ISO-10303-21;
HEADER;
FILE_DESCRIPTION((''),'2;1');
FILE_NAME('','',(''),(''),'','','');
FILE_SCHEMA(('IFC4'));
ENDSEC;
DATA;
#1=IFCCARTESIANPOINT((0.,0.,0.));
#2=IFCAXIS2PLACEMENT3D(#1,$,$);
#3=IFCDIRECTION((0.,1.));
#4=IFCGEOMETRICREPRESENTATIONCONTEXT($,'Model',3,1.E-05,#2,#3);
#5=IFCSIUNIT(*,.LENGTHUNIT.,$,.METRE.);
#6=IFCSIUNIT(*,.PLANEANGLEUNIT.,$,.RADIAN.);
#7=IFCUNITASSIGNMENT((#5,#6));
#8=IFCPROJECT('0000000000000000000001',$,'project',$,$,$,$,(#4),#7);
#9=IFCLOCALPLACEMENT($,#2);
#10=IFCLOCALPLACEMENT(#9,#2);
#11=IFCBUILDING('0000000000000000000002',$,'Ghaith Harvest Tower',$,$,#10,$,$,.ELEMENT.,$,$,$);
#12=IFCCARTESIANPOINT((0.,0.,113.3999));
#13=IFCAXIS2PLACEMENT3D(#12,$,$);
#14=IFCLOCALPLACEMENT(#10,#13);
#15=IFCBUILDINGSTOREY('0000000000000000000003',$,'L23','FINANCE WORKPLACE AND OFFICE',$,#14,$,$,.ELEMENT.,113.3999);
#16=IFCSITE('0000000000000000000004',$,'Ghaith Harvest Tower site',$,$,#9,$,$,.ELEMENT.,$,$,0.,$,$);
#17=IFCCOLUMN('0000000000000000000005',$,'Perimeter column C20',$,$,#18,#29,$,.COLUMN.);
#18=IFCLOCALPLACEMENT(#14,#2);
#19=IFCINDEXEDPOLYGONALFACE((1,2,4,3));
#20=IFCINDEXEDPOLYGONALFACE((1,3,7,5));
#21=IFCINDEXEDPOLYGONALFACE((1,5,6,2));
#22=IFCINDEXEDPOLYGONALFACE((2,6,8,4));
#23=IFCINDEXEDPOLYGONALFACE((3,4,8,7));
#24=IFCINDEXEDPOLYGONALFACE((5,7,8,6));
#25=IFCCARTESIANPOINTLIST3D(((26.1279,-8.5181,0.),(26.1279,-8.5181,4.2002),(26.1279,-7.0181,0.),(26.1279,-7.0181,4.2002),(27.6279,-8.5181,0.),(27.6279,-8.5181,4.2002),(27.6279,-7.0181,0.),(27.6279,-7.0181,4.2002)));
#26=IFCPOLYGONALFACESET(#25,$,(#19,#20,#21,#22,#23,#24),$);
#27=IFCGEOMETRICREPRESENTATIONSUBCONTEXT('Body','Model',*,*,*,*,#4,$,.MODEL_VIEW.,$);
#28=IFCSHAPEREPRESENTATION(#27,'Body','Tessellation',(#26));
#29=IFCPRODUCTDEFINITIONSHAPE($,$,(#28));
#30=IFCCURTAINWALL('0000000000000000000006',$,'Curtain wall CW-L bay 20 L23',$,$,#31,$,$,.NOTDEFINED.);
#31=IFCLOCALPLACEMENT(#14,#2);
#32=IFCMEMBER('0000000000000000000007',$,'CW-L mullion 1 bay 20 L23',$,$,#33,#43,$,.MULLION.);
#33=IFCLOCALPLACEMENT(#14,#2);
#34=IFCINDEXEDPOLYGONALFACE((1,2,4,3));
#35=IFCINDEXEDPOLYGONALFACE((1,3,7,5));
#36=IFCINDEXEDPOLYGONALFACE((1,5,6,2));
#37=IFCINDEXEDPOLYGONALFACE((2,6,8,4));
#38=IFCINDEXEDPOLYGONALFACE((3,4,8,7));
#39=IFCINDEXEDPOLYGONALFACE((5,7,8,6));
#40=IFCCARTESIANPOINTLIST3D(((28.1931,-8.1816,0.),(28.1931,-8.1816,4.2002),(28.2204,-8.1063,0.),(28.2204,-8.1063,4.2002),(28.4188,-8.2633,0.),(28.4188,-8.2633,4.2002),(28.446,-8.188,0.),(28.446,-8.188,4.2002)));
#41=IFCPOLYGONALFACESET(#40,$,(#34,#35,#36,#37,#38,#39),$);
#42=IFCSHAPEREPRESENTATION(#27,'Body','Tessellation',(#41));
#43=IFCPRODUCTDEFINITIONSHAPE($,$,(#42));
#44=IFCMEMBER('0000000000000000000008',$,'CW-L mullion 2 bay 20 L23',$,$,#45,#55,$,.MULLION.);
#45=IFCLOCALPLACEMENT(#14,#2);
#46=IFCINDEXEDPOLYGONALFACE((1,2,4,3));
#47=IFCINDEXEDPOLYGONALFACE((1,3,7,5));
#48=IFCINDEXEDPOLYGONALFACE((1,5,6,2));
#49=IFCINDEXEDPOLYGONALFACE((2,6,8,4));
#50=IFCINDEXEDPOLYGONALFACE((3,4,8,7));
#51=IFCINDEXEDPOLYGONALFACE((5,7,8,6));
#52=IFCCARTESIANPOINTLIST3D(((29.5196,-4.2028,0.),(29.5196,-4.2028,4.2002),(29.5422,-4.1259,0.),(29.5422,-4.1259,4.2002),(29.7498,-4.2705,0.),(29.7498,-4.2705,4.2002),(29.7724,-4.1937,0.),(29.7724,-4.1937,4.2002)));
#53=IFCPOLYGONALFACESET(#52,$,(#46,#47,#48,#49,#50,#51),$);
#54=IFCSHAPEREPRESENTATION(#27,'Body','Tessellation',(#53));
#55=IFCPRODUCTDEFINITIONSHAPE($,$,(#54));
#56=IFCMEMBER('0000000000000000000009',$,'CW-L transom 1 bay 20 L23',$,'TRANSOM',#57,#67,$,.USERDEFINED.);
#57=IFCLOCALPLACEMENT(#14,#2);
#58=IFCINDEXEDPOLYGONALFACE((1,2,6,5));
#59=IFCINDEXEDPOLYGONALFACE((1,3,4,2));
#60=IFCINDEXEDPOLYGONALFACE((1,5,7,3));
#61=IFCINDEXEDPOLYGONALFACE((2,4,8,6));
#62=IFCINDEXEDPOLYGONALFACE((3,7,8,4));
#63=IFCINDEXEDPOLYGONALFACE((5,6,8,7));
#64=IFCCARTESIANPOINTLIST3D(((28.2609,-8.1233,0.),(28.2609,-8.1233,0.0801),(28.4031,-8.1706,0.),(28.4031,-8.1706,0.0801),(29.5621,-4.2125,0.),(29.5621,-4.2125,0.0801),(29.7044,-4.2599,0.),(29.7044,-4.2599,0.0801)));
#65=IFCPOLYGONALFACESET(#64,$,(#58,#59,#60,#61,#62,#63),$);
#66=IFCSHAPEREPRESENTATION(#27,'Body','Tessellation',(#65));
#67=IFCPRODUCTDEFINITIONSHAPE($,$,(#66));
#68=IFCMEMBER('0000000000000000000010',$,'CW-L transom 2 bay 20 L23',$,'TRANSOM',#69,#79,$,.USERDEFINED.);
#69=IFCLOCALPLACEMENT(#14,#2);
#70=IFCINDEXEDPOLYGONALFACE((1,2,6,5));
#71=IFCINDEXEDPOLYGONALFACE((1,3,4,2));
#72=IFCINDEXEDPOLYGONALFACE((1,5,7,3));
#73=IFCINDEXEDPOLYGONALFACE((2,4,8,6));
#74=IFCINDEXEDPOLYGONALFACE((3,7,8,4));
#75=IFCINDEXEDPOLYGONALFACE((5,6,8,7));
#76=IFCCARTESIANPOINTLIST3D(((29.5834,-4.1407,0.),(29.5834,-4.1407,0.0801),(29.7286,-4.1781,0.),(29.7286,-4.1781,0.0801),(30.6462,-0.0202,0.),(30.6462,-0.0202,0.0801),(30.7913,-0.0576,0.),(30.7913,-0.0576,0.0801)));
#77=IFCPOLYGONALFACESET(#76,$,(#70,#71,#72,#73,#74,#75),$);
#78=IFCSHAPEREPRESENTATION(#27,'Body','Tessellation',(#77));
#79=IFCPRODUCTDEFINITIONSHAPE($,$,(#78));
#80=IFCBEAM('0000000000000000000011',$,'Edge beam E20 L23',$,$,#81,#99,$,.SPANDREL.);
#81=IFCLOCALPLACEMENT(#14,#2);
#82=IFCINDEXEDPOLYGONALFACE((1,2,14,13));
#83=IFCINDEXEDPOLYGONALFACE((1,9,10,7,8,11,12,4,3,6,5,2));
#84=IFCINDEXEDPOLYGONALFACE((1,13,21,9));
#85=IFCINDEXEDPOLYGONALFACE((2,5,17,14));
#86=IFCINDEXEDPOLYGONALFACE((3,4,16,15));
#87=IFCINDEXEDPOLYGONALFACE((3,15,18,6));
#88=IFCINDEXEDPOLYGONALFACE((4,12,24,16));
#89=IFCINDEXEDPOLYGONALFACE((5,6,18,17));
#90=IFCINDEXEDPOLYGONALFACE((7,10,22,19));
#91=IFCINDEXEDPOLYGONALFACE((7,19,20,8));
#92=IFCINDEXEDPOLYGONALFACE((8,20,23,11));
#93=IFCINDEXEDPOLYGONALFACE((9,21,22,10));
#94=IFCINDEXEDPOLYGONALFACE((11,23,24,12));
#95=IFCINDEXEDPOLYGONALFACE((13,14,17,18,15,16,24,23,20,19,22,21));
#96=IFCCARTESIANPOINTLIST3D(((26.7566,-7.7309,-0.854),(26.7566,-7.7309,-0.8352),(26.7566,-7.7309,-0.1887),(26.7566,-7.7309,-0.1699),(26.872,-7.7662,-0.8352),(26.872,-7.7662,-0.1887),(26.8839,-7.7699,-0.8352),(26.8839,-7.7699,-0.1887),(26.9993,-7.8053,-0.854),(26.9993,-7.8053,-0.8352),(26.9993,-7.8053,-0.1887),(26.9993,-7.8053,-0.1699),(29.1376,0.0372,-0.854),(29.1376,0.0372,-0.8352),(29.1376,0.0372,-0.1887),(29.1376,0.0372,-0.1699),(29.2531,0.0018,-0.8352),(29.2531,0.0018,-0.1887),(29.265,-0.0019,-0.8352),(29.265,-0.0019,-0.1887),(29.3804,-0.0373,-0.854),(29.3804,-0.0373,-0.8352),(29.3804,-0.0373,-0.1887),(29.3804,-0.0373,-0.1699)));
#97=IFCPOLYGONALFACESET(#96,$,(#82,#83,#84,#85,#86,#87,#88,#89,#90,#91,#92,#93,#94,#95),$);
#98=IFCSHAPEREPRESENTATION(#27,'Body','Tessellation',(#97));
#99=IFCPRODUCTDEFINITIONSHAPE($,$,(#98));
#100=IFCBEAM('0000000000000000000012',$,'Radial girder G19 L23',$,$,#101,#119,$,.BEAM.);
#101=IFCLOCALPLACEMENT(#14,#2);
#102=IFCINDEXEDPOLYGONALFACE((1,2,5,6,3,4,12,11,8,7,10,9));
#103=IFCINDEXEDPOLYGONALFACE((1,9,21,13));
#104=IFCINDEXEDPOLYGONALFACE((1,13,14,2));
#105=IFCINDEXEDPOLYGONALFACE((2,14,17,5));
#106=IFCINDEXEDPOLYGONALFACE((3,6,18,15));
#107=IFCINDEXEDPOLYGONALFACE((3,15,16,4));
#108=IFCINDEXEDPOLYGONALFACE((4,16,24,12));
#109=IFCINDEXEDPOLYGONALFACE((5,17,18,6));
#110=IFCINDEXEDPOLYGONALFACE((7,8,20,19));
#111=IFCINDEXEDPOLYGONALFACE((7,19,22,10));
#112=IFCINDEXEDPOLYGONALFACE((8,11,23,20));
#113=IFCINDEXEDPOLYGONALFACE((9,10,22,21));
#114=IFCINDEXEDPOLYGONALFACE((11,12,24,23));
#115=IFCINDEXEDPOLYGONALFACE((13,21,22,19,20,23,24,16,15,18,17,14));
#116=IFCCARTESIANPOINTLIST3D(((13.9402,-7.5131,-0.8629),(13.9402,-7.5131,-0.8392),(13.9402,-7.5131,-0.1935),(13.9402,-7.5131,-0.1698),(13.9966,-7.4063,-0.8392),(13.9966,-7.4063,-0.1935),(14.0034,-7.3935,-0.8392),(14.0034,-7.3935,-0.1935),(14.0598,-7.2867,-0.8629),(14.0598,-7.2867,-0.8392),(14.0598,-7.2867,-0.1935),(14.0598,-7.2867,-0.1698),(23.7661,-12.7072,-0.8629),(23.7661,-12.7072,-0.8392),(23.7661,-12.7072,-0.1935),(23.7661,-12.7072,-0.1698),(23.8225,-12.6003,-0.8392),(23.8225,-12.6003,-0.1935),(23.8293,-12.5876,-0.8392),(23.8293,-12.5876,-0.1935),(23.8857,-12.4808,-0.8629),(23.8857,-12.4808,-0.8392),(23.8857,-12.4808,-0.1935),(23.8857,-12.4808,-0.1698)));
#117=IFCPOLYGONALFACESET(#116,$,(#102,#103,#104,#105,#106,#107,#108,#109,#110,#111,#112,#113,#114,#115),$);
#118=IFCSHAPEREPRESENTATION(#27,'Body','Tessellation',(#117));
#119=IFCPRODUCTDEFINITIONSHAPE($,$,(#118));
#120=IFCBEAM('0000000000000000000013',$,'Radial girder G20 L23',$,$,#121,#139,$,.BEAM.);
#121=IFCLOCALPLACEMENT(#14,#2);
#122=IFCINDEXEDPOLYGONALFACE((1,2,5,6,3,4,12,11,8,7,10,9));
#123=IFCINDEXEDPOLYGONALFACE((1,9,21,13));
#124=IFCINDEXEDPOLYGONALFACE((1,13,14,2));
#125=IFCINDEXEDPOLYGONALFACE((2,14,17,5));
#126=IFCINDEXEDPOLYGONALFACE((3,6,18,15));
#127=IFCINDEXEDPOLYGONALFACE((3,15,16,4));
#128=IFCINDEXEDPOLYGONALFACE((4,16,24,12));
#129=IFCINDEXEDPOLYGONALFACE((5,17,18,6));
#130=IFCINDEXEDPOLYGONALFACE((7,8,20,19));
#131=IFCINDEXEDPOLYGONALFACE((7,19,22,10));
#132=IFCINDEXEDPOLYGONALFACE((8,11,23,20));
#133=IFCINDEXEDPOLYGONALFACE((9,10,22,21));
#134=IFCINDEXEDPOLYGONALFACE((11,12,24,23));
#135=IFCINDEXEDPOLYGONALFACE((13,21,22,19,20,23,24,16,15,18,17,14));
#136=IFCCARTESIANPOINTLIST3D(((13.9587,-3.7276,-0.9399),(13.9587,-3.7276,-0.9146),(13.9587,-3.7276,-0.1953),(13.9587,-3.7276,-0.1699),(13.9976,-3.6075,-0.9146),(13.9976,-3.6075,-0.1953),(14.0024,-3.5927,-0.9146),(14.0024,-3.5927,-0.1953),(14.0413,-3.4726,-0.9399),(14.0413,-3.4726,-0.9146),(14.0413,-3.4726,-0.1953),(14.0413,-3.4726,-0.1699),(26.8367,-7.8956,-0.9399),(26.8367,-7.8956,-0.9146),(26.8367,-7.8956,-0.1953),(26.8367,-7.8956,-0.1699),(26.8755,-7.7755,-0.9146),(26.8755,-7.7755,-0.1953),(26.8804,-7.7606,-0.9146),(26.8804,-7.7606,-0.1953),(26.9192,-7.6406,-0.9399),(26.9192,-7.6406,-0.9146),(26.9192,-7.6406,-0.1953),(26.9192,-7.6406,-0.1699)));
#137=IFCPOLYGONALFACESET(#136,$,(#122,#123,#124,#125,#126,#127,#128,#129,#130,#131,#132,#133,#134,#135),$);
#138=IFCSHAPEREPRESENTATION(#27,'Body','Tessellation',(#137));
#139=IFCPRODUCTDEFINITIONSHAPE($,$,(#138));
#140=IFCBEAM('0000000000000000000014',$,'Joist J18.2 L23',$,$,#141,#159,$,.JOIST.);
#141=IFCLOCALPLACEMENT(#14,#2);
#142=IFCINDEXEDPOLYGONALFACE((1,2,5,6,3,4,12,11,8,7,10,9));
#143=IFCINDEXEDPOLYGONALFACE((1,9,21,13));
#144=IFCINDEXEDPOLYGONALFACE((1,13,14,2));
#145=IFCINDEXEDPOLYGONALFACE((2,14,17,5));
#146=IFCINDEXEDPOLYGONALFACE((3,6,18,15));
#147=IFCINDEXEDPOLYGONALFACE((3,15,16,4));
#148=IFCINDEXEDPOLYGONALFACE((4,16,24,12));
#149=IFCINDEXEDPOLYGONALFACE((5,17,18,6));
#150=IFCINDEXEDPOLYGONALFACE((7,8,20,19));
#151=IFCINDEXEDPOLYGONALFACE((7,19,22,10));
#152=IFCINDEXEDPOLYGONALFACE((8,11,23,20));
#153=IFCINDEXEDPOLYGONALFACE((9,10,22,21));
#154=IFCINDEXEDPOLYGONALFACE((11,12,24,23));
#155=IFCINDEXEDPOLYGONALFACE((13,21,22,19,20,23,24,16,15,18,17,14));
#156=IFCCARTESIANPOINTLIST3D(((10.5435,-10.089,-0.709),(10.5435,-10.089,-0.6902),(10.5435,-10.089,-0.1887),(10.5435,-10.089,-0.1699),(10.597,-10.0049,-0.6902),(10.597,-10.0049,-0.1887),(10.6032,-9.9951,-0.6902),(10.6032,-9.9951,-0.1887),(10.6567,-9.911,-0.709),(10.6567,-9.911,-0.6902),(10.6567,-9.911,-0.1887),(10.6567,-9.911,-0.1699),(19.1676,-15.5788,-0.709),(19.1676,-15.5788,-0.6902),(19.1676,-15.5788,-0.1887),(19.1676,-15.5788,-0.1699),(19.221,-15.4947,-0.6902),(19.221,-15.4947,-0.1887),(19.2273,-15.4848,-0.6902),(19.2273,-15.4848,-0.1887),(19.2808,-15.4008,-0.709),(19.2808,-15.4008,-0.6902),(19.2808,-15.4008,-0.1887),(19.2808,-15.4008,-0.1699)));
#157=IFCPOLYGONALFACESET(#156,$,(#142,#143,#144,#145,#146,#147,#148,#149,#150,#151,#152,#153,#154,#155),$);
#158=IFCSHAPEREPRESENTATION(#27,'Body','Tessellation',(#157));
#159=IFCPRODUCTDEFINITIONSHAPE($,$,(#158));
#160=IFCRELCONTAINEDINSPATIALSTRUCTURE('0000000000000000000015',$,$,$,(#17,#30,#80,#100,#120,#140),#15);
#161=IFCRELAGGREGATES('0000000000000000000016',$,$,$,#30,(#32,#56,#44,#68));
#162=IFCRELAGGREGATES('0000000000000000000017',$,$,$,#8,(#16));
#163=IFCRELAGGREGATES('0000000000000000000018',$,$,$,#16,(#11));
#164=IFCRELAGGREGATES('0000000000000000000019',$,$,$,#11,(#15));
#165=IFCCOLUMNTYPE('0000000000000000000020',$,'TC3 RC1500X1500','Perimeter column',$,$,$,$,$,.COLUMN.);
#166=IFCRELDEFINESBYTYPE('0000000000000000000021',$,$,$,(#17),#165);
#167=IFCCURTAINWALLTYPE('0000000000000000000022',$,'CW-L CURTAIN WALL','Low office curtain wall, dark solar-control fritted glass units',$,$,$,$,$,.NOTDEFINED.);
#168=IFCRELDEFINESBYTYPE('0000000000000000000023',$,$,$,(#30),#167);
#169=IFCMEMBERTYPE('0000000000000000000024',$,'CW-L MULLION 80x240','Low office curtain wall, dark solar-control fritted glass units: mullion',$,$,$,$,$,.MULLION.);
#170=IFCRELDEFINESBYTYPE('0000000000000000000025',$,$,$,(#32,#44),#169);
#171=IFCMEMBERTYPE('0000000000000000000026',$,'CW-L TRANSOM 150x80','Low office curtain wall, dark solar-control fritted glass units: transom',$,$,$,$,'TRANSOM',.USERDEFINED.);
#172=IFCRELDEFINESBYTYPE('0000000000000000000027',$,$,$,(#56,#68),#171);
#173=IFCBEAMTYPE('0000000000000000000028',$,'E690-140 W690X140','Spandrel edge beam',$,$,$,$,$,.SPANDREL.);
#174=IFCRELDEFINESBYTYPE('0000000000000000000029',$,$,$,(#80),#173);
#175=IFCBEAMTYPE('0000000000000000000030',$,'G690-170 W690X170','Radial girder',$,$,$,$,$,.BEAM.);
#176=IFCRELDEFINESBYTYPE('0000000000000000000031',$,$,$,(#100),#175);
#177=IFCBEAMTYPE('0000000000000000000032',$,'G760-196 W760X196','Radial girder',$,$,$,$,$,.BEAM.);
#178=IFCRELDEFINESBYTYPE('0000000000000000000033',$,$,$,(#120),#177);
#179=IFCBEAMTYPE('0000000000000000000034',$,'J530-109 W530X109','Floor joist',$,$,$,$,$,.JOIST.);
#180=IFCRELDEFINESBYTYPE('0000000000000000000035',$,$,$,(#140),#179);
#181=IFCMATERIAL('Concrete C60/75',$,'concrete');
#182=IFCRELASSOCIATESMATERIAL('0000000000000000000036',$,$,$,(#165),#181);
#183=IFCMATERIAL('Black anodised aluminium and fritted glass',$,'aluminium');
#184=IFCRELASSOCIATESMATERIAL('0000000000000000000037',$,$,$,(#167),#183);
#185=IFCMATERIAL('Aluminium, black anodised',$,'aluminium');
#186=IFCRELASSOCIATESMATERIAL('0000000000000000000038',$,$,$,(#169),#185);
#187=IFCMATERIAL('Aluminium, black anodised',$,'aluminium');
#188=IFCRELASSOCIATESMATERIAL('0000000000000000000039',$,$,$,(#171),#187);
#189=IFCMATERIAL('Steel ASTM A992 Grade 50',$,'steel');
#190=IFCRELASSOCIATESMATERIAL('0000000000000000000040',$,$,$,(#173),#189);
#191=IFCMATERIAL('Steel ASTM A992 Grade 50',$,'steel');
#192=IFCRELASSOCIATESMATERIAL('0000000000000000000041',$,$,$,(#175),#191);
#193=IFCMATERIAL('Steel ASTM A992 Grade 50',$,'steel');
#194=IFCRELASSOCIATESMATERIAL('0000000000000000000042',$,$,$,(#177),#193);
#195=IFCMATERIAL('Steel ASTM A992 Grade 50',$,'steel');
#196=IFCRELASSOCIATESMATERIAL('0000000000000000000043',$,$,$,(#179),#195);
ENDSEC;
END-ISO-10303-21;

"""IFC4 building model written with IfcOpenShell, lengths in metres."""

from ifc_helpers import new_model, si_unit, direction, frame, origin, origin_2d, place, context, subcontext, project, spatial, rectangle, i_section, extrude, material, material_profile, profile_set, type_object, element, aggregate, save


model = new_model("IFC4")

# Units and contexts
model_context = context("Model", 3, precision=1e-05, world=origin(), true_north=direction((0.0, 1.0)))
body_context = subcontext(model_context, "Body", "Model", "MODEL_VIEW")
ifc_project = project(units=[si_unit("LENGTHUNIT", "METRE"), si_unit("PLANEANGLEUNIT", "RADIAN")], contexts=[model_context])

# Site, building, storey
site_placement = place(None, origin())
site = spatial("IfcSite", under=ifc_project, at=site_placement, Name="Ghaith Harvest Tower site", CompositionType="ELEMENT", RefElevation=0.0)
building_placement = place(site_placement, origin())
building = spatial("IfcBuilding", under=site, at=building_placement, Name="Ghaith Harvest Tower", CompositionType="ELEMENT")
storey_placement = place(building_placement, frame((0.0, 0.0, 113.3999)))
storey = spatial("IfcBuildingStorey", under=building, at=storey_placement, Name="L23", Description="FINANCE WORKPLACE AND OFFICE", CompositionType="ELEMENT", Elevation=113.3999)

# Column
ifc_material_1 = material(Name="Concrete C60/75", Category="concrete")
ifc_material_profile_1 = material_profile(ifc_material_1, rectangle(XDim=1.5, YDim=1.5, at=origin_2d()), Name="RC1500X1500")
ifc_profile_set_1 = profile_set([ifc_material_profile_1], Name="Concrete C60/75")
column_type = type_object("IfcColumnType", Name="TC3 RC1500X1500", Description="Perimeter column", PredefinedType="COLUMN", material=ifc_profile_set_1)
column_placement = place(storey_placement, frame((26.8779, -7.7681, 0.0), z_axis=(0.0, 0.0, 1.0), x_axis=(1.0, 0.0, 0.0)))
element("IfcColumn", 1, at=column_placement, inside=storey, type_object=column_type, Name="Perimeter column C20", PredefinedType="COLUMN", context=body_context, shape_type="SweptSolid", body=[
    extrude(rectangle(XDim=1.5, YDim=1.5, at=origin_2d()), origin(), (0.0, 0.0, 1.0), 4.2002),
])

# Curtain wall, members
ifc_material_2 = material(Name="Black anodised aluminium and fritted glass", Category="aluminium")
curtain_wall_type = type_object("IfcCurtainWallType", Name="CW-L CURTAIN WALL", Description="Low office curtain wall, dark solar-control fritted glass units", PredefinedType="NOTDEFINED", material=ifc_material_2)
curtain_wall_placement = place(storey_placement, origin())
curtain_wall = element("IfcCurtainWall", 2, at=curtain_wall_placement, inside=storey, type_object=curtain_wall_type, Name="Curtain wall CW-L bay 20 L23", PredefinedType="NOTDEFINED")
ifc_material_3 = material(Name="Aluminium, black anodised", Category="aluminium")
ifc_material_profile_2 = material_profile(ifc_material_3, rectangle(XDim=0.0801, YDim=0.24, at=origin_2d()), Name="CW-L MULLION 80x240")
ifc_profile_set_2 = profile_set([ifc_material_profile_2], Name="Aluminium, black anodised")
member_type_1 = type_object("IfcMemberType", Name="CW-L MULLION 80x240", Description="Low office curtain wall, dark solar-control fritted glass units: mullion", PredefinedType="MULLION", material=ifc_profile_set_2)
member_1_placement = place(storey_placement, frame((28.3196, -8.1848, 0.0), z_axis=(0.0, 0.0, 1.0), x_axis=(0.340574, 0.940218, 0.0)))
member_1 = element("IfcMember", 3, at=member_1_placement, type_object=member_type_1, Name="CW-L mullion 1 bay 20 L23", PredefinedType="MULLION", context=body_context, shape_type="SweptSolid", body=[
    extrude(rectangle(XDim=0.0801, YDim=0.24, at=origin_2d()), origin(), (0.0, 0.0, 1.0), 4.2002),
])
member_2_placement = place(storey_placement, frame((29.646, -4.1982, 0.0), z_axis=(0.0, 0.0, 1.0), x_axis=(0.282375, 0.959304, 0.0)))
member_2 = element("IfcMember", 4, at=member_2_placement, type_object=member_type_1, Name="CW-L mullion 2 bay 20 L23", PredefinedType="MULLION", context=body_context, shape_type="SweptSolid", body=[
    extrude(rectangle(XDim=0.0801, YDim=0.24, at=origin_2d()), origin(), (0.0, 0.0, 1.0), 4.2002),
])
ifc_material_4 = material(Name="Aluminium, black anodised", Category="aluminium")
ifc_material_profile_3 = material_profile(ifc_material_4, rectangle(XDim=0.1499, YDim=0.0801, at=origin_2d()), Name="CW-L TRANSOM 150x80")
ifc_profile_set_3 = profile_set([ifc_material_profile_3], Name="Aluminium, black anodised")
member_type_2 = type_object("IfcMemberType", Name="CW-L TRANSOM 150x80", Description="Low office curtain wall, dark solar-control fritted glass units: transom", ElementType="TRANSOM", PredefinedType="USERDEFINED", material=ifc_profile_set_3)
member_3_placement = place(storey_placement, frame((28.332, -8.147, 0.04), z_axis=(0.315712, 0.948855, 0.0), x_axis=(-0.948855, 0.315712, 0.0)))
member_3 = element("IfcMember", 5, at=member_3_placement, type_object=member_type_2, Name="CW-L transom 1 bay 20 L23", ObjectType="TRANSOM", PredefinedType="USERDEFINED", context=body_context, shape_type="SweptSolid", body=[
    extrude(rectangle(XDim=0.1499, YDim=0.0801, at=origin_2d()), origin(), (0.0, 0.0, 1.0), 4.1216),
])
member_4_placement = place(storey_placement, frame((29.656, -4.1594, 0.04), z_axis=(0.249737, 0.968314, 0.0), x_axis=(-0.968314, 0.249737, 0.0)))
member_4 = element("IfcMember", 6, at=member_4_placement, type_object=member_type_2, Name="CW-L transom 2 bay 20 L23", ObjectType="TRANSOM", PredefinedType="USERDEFINED", context=body_context, shape_type="SweptSolid", body=[
    extrude(rectangle(XDim=0.1499, YDim=0.0801, at=origin_2d()), origin(), (0.0, 0.0, 1.0), 4.2554),
])

# Beams
ifc_material_5 = material(Name="Steel ASTM A992 Grade 50", Category="steel")
ifc_material_profile_4 = material_profile(ifc_material_5, i_section(OverallWidth=0.2539, OverallDepth=0.6841, WebThickness=0.0125, FlangeThickness=0.0188, at=origin_2d()), Name="W690X140")
ifc_profile_set_4 = profile_set([ifc_material_profile_4], Name="Steel ASTM A992 Grade 50")
beam_type_1 = type_object("IfcBeamType", Name="E690-140 W690X140", Description="Spandrel edge beam", PredefinedType="SPANDREL", material=ifc_profile_set_4)
beam_1_placement = place(storey_placement, frame((26.8779, -7.7681, -0.512), z_axis=(0.293066, 0.956092, 0.0), x_axis=(-0.956092, 0.293066, 0.0)))
element("IfcBeam", 7, at=beam_1_placement, inside=storey, type_object=beam_type_1, Name="Edge beam E20 L23", PredefinedType="SPANDREL", context=body_context, shape_type="SweptSolid", body=[
    extrude(i_section(OverallWidth=0.2539, OverallDepth=0.6841, WebThickness=0.0125, FlangeThickness=0.0188, at=origin_2d()), origin(), (0.0, 0.0, 1.0), 8.1248),
])
ifc_material_6 = material(Name="Steel ASTM A992 Grade 50", Category="steel")
ifc_material_profile_5 = material_profile(ifc_material_6, i_section(OverallWidth=0.2561, OverallDepth=0.6931, WebThickness=0.0144, FlangeThickness=0.0237, at=origin_2d()), Name="W690X170")
ifc_profile_set_5 = profile_set([ifc_material_profile_5], Name="Steel ASTM A992 Grade 50")
beam_type_2 = type_object("IfcBeamType", Name="G690-170 W690X170", Description="Radial girder", PredefinedType="BEAM", material=ifc_profile_set_5)
beam_2_placement = place(storey_placement, frame((14.0, -7.3999, -0.5164), z_axis=(0.884081, -0.467335, 0.0), x_axis=(0.467335, 0.884081, 0.0)))
element("IfcBeam", 8, at=beam_2_placement, inside=storey, type_object=beam_type_2, Name="Radial girder G19 L23", PredefinedType="BEAM", context=body_context, shape_type="SweptSolid", body=[
    extrude(i_section(OverallWidth=0.2561, OverallDepth=0.6931, WebThickness=0.0144, FlangeThickness=0.0237, at=origin_2d()), origin(), (0.0, 0.0, 1.0), 11.1143),
])
ifc_material_7 = material(Name="Steel ASTM A992 Grade 50", Category="steel")
ifc_material_profile_6 = material_profile(ifc_material_7, i_section(OverallWidth=0.2681, OverallDepth=0.77, WebThickness=0.0156, FlangeThickness=0.0254, at=origin_2d()), Name="W760X196")
ifc_profile_set_6 = profile_set([ifc_material_profile_6], Name="Steel ASTM A992 Grade 50")
beam_type_3 = type_object("IfcBeamType", Name="G760-196 W760X196", Description="Radial girder", PredefinedType="BEAM", material=ifc_profile_set_6)
beam_3_placement = place(storey_placement, frame((14.0, -3.6001, -0.5549), z_axis=(0.95141, -0.307926, 0.0), x_axis=(0.307926, 0.95141, 0.0)))
element("IfcBeam", 9, at=beam_3_placement, inside=storey, type_object=beam_type_3, Name="Radial girder G20 L23", PredefinedType="BEAM", context=body_context, shape_type="SweptSolid", body=[
    extrude(i_section(OverallWidth=0.2681, OverallDepth=0.77, WebThickness=0.0156, FlangeThickness=0.0254, at=origin_2d()), origin(), (0.0, 0.0, 1.0), 13.5356),
])
ifc_material_8 = material(Name="Steel ASTM A992 Grade 50", Category="steel")
ifc_material_profile_7 = material_profile(ifc_material_8, i_section(OverallWidth=0.2109, OverallDepth=0.5391, WebThickness=0.0117, FlangeThickness=0.0188, at=origin_2d()), Name="W530X109")
ifc_profile_set_7 = profile_set([ifc_material_profile_7], Name="Steel ASTM A992 Grade 50")
beam_type_4 = type_object("IfcBeamType", Name="J530-109 W530X109", Description="Floor joist", PredefinedType="JOIST", material=ifc_profile_set_7)
beam_4_placement = place(storey_placement, frame((10.6001, -10.0, -0.4395), z_axis=(0.843585, -0.536996, 0.0), x_axis=(0.536996, 0.843585, 0.0)))
element("IfcBeam", 10, at=beam_4_placement, inside=storey, type_object=beam_type_4, Name="Joist J18.2 L23", PredefinedType="JOIST", context=body_context, shape_type="SweptSolid", body=[
    extrude(i_section(OverallWidth=0.2109, OverallDepth=0.5391, WebThickness=0.0117, FlangeThickness=0.0188, at=origin_2d()), origin(), (0.0, 0.0, 1.0), 10.2231),
])

aggregate(curtain_wall, [member_1, member_3, member_2, member_4])

save(model, "model.ifc")
